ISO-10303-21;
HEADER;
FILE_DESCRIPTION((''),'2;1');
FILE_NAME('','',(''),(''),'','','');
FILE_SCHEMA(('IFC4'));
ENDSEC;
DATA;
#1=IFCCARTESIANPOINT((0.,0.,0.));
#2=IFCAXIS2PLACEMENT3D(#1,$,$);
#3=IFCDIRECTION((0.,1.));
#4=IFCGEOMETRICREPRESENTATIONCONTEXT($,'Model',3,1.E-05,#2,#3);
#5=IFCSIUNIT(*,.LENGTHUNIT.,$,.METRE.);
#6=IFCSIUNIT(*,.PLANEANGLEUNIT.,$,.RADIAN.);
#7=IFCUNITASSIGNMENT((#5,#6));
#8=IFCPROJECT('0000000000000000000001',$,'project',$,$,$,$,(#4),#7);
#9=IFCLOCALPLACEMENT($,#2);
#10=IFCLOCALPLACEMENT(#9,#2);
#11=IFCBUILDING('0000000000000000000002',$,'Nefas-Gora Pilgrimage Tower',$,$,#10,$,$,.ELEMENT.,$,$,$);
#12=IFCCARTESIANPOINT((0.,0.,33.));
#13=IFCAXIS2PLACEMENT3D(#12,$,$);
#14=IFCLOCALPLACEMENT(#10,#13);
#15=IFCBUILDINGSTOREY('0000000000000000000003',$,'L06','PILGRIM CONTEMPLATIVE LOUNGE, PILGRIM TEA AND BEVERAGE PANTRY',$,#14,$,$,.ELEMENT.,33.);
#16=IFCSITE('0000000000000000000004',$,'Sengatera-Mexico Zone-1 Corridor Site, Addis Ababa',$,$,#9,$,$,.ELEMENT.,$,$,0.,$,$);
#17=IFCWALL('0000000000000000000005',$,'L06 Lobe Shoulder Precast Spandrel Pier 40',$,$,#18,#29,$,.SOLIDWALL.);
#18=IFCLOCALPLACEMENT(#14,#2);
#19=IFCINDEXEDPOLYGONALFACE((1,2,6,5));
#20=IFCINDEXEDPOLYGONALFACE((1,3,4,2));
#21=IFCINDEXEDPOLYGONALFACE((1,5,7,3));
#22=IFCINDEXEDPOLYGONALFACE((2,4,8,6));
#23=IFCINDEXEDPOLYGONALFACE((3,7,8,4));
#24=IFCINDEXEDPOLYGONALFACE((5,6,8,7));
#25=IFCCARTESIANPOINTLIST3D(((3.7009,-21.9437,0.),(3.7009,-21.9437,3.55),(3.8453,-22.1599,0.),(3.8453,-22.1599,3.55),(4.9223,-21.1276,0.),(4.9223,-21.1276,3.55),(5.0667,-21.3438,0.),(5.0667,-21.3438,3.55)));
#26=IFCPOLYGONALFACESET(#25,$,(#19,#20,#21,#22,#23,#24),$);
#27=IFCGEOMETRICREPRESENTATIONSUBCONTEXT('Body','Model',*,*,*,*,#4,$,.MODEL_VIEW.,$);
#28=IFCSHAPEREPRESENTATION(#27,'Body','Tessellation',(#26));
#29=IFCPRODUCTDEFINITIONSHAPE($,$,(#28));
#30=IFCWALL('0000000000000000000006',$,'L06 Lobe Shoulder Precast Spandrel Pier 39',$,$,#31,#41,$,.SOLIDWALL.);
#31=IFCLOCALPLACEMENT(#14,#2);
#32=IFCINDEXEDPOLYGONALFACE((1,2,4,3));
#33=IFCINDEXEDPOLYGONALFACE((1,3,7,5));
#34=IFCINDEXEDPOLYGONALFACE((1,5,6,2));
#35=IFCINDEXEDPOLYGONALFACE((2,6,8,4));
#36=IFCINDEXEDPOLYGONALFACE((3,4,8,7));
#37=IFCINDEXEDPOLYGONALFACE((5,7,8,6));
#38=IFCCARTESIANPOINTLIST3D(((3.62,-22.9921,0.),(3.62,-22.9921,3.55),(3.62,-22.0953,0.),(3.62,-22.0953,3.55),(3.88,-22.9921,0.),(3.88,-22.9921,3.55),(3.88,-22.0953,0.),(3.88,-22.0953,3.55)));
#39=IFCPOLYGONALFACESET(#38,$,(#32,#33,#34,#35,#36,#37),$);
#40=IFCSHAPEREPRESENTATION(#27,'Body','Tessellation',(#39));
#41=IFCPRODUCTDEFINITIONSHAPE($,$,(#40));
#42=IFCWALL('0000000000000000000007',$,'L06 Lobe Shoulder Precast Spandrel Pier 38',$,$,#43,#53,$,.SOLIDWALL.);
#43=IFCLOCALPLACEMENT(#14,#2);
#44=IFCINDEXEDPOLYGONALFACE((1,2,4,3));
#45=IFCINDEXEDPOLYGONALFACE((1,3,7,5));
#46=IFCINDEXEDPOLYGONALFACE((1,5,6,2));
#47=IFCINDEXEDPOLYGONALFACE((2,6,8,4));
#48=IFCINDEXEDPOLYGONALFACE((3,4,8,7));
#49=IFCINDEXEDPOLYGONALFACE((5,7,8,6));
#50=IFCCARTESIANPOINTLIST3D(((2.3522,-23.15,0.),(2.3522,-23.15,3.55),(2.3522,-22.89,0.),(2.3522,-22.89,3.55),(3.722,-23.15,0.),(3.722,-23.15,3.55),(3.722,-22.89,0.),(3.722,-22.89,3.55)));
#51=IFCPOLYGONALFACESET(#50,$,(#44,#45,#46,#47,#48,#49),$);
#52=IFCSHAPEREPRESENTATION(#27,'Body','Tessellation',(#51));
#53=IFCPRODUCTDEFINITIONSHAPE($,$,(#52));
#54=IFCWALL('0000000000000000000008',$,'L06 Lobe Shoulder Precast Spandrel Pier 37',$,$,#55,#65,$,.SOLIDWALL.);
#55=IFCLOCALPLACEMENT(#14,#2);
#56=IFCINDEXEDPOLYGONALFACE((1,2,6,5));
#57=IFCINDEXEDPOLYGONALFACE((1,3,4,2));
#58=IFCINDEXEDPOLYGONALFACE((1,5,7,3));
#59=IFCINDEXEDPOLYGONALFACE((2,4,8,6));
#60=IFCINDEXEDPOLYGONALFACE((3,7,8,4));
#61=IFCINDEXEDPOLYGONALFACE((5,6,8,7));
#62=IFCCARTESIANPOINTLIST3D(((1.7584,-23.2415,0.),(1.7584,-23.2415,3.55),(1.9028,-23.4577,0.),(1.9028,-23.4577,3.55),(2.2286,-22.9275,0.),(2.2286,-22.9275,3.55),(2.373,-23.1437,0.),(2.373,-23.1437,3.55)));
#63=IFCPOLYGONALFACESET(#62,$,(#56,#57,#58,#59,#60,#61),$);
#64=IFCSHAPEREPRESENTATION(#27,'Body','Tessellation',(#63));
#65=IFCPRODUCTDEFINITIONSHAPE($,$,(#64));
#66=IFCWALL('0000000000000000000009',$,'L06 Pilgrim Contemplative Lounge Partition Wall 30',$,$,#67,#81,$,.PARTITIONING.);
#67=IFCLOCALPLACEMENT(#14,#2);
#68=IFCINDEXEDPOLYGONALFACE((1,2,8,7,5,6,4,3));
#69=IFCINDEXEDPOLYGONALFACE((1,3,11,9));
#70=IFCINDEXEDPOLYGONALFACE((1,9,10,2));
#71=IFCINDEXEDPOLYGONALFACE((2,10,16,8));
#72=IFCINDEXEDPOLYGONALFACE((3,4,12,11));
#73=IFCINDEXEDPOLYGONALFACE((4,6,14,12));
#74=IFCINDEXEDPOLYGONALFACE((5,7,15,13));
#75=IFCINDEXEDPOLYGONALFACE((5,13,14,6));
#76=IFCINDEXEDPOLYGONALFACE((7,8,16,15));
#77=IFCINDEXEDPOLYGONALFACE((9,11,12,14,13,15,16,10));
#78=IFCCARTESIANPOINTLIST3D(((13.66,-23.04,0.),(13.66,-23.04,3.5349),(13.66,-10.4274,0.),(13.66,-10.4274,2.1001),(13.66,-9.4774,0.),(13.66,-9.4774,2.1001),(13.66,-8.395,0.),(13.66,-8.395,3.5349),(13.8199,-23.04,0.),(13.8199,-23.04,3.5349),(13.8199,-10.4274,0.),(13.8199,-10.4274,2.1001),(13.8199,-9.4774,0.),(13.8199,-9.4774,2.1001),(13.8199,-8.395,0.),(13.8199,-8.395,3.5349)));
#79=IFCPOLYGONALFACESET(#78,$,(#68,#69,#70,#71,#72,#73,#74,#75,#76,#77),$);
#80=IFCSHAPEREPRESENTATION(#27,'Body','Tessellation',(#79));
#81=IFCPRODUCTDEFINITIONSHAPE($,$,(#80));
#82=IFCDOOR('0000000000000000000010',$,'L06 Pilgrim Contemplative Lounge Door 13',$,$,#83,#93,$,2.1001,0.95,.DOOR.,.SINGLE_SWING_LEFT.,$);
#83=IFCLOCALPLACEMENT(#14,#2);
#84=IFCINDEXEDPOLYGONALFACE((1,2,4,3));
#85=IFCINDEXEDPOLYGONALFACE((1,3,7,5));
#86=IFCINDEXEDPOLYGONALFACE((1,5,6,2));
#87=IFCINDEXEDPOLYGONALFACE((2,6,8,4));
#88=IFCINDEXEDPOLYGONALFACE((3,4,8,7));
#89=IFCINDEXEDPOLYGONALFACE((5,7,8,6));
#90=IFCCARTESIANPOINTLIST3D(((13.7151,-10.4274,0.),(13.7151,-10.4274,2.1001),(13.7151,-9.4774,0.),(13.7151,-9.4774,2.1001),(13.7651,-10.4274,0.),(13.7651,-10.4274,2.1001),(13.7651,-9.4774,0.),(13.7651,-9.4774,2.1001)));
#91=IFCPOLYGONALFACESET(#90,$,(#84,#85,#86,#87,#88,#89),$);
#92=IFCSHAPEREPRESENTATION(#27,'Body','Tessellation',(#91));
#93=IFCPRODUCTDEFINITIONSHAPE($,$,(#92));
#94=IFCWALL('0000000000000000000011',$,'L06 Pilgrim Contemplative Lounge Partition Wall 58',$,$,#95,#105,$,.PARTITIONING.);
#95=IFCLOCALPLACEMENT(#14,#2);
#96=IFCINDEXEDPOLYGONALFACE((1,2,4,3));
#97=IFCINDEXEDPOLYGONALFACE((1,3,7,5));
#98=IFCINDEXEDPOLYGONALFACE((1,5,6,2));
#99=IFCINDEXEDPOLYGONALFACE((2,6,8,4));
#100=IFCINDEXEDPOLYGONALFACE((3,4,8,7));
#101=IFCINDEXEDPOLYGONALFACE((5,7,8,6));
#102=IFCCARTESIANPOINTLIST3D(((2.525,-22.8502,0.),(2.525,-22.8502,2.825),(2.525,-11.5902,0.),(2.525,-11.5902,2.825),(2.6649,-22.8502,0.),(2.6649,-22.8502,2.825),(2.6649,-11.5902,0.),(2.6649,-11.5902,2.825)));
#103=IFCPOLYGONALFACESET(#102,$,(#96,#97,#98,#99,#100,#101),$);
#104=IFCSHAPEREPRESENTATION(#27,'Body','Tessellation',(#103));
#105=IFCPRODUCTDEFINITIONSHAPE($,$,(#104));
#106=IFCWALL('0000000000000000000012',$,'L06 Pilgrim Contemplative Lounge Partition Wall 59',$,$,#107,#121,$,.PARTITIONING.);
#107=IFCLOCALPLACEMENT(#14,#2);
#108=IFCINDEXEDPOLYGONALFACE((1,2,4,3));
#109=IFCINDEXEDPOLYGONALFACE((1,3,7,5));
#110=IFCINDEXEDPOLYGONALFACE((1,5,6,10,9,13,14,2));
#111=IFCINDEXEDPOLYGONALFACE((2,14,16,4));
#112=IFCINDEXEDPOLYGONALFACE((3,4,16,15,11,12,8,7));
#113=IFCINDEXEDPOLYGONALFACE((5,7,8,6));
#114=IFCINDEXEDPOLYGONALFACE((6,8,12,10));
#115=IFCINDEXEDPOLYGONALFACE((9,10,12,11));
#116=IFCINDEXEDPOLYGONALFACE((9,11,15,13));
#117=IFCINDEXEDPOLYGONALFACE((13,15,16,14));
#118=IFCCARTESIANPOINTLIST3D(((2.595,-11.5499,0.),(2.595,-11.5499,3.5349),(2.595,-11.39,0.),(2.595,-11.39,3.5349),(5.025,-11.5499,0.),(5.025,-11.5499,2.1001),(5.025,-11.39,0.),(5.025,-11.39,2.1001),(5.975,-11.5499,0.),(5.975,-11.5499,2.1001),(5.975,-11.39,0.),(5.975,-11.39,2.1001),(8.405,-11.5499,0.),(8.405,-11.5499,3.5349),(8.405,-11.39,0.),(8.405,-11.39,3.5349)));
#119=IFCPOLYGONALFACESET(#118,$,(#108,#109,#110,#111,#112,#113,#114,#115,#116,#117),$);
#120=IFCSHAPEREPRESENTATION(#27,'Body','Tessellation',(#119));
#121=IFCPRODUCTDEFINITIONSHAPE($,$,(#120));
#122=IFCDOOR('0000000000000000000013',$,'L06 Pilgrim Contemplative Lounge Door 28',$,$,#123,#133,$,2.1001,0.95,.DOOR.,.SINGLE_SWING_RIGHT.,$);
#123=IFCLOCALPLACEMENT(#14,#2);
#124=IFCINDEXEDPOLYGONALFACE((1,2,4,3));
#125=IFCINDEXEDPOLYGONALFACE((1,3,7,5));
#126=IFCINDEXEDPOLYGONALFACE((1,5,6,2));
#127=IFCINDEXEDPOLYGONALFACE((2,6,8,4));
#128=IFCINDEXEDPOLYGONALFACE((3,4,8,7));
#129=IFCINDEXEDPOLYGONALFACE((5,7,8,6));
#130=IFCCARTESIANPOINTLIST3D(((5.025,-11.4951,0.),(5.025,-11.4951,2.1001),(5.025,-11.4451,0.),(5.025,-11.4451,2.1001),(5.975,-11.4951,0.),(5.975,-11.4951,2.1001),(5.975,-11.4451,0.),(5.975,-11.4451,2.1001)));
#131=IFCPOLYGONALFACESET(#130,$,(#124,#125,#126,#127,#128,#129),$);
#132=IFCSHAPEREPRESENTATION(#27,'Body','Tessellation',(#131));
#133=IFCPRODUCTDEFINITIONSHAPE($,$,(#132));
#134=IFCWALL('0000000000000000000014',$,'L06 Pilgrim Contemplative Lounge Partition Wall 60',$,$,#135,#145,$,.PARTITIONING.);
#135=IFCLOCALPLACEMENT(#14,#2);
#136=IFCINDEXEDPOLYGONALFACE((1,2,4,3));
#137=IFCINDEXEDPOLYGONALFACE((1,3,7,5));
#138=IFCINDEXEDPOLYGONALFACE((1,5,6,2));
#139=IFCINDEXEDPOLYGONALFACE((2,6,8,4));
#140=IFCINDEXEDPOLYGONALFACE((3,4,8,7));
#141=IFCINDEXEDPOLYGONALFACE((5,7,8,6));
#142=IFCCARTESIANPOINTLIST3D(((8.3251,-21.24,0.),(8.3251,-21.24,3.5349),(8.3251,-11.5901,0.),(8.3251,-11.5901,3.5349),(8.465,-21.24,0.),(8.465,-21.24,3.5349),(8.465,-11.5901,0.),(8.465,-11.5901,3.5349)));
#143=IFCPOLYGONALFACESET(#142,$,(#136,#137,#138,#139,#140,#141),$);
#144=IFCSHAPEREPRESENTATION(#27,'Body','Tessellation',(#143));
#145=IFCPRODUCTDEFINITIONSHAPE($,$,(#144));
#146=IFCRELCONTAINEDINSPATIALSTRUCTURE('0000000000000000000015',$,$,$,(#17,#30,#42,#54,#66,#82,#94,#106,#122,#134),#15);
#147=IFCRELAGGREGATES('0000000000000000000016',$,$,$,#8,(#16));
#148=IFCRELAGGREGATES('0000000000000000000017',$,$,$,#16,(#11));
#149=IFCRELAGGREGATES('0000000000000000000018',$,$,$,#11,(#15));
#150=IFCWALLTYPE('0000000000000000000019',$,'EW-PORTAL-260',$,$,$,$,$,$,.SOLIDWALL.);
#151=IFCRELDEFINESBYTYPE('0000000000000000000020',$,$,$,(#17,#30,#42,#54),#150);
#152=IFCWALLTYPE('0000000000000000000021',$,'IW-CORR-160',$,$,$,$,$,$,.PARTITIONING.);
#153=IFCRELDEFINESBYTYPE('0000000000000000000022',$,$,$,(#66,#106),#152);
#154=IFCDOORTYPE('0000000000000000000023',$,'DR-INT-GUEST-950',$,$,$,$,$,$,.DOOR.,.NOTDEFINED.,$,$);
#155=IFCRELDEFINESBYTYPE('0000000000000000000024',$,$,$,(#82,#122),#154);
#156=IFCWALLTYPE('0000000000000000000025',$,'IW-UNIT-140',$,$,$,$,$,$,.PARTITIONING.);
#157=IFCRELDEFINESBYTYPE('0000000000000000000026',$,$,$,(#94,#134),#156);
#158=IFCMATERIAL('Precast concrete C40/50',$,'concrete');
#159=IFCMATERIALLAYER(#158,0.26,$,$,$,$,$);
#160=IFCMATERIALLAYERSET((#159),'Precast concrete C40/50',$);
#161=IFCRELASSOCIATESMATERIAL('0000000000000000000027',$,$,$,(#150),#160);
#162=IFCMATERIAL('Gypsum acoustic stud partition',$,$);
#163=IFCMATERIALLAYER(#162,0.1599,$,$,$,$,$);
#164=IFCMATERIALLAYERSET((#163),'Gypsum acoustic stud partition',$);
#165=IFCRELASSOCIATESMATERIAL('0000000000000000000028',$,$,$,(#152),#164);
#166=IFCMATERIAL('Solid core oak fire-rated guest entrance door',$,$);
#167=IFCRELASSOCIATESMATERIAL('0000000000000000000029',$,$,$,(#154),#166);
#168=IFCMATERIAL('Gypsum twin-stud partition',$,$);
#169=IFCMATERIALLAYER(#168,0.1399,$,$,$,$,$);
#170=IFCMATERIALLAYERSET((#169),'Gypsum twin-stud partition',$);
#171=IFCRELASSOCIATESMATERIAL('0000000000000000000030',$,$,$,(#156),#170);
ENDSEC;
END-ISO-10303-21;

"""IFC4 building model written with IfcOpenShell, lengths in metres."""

from ifc_helpers import new_model, si_unit, direction, frame, frame_2d, origin, place, context, subcontext, project, spatial, rectangle, extrude, source, transform, mapped, material, layer, layer_set, type_object, element, fill, save


model = new_model("IFC4")

# Units and contexts
model_context = context("Model", 3, precision=1e-05, world=origin(), true_north=direction((0.0, 1.0)))
body_context = subcontext(model_context, "Body", "Model", "MODEL_VIEW")
ifc_project = project(units=[si_unit("LENGTHUNIT", "METRE"), si_unit("PLANEANGLEUNIT", "RADIAN")], contexts=[model_context])

# Site, building, storey
site_placement = place(None, origin())
site = spatial("IfcSite", under=ifc_project, at=site_placement, Name="Sengatera-Mexico Zone-1 Corridor Site, Addis Ababa", CompositionType="ELEMENT", RefElevation=0.0)
building_placement = place(site_placement, origin())
building = spatial("IfcBuilding", under=site, at=building_placement, Name="Nefas-Gora Pilgrimage Tower", CompositionType="ELEMENT")
storey_placement = place(building_placement, frame((0.0, 0.0, 33.0)))
storey = spatial("IfcBuildingStorey", under=building, at=storey_placement, Name="L06", Description="PILGRIM CONTEMPLATIVE LOUNGE, PILGRIM TEA AND BEVERAGE PANTRY", CompositionType="ELEMENT", Elevation=33.0)

# Walls
ifc_material_1 = material(Name="Precast concrete C40/50", Category="concrete")
ifc_layer_1 = layer(ifc_material_1, 0.26)
ifc_layer_set_1 = layer_set([ifc_layer_1], Name="Precast concrete C40/50")
wall_type_1 = type_object("IfcWallType", Name="EW-PORTAL-260", PredefinedType="SOLIDWALL", material=ifc_layer_set_1)
shared_shape_1 = source(origin(), body_context, "Body", "SweptSolid", [
    extrude(rectangle(XDim=1.469, YDim=0.26, at=frame_2d((0.7344, 0.0))), origin(), (0.0, 0.0, 1.0), 3.55),
])
wall_1_placement = place(storey_placement, frame((3.7732, -22.0518, 0.0), z_axis=(0.0, 0.0, 1.0), x_axis=(0.831462, 0.555582, 0.0)))
element("IfcWall", 1, at=wall_1_placement, inside=storey, type_object=wall_type_1, Name="L06 Lobe Shoulder Precast Spandrel Pier 40", PredefinedType="SOLIDWALL", context=body_context, shape_type="MappedRepresentation", body=[
    mapped(shared_shape_1, transform((0.0, 0.0, 0.0), x_axis=(1.0, 0.0, 0.0), y_axis=(0.0, 1.0, 0.0), z_axis=(0.0, 0.0, 1.0), scale=1.0)),
])
shared_shape_2 = source(origin(), body_context, "Body", "SweptSolid", [
    extrude(rectangle(XDim=0.8967, YDim=0.26, at=frame_2d((0.4482, 0.0))), origin(), (0.0, 0.0, 1.0), 3.55),
])
wall_2_placement = place(storey_placement, frame((3.75, -22.9919, 0.0), z_axis=(0.0, 0.0, 1.0), x_axis=(0.0, 1.0, 0.0)))
element("IfcWall", 2, at=wall_2_placement, inside=storey, type_object=wall_type_1, Name="L06 Lobe Shoulder Precast Spandrel Pier 39", PredefinedType="SOLIDWALL", context=body_context, shape_type="MappedRepresentation", body=[
    mapped(shared_shape_2, transform((0.0, 0.0, 0.0), x_axis=(1.0, 0.0, 0.0), y_axis=(0.0, 1.0, 0.0), z_axis=(0.0, 0.0, 1.0), scale=1.0)),
])
shared_shape_3 = source(origin(), body_context, "Body", "SweptSolid", [
    extrude(rectangle(XDim=1.3699, YDim=0.26, at=frame_2d((0.6851, 0.0))), origin(), (0.0, 0.0, 1.0), 3.55),
])
wall_3_placement = place(storey_placement, frame((2.3521, -23.02, 0.0), z_axis=(0.0, 0.0, 1.0), x_axis=(1.0, 0.0, 0.0)))
element("IfcWall", 3, at=wall_3_placement, inside=storey, type_object=wall_type_1, Name="L06 Lobe Shoulder Precast Spandrel Pier 38", PredefinedType="SOLIDWALL", context=body_context, shape_type="MappedRepresentation", body=[
    mapped(shared_shape_3, transform((0.0, 0.0, 0.0), x_axis=(1.0, 0.0, 0.0), y_axis=(0.0, 1.0, 0.0), z_axis=(0.0, 0.0, 1.0), scale=1.0)),
])
shared_shape_4 = source(origin(), body_context, "Body", "SweptSolid", [
    extrude(rectangle(XDim=0.5654, YDim=0.26, at=frame_2d((0.2827, 0.0))), origin(), (0.0, 0.0, 1.0), 3.55),
])
wall_4_placement = place(storey_placement, frame((1.8306, -23.3496, 0.0), z_axis=(0.0, 0.0, 1.0), x_axis=(0.831651, 0.555298, 0.0)))
element("IfcWall", 4, at=wall_4_placement, inside=storey, type_object=wall_type_1, Name="L06 Lobe Shoulder Precast Spandrel Pier 37", PredefinedType="SOLIDWALL", context=body_context, shape_type="MappedRepresentation", body=[
    mapped(shared_shape_4, transform((0.0, 0.0, 0.0), x_axis=(1.0, 0.0, 0.0), y_axis=(0.0, 1.0, 0.0), z_axis=(0.0, 0.0, 1.0), scale=1.0)),
])

# Wall, opening, door
ifc_material_2 = material(Name="Gypsum acoustic stud partition")
ifc_layer_2 = layer(ifc_material_2, 0.1599)
ifc_layer_set_2 = layer_set([ifc_layer_2], Name="Gypsum acoustic stud partition")
wall_type_2 = type_object("IfcWallType", Name="IW-CORR-160", PredefinedType="PARTITIONING", material=ifc_layer_set_2)
shared_shape_5 = source(origin(), body_context, "Body", "SweptSolid", [
    extrude(rectangle(XDim=14.645, YDim=0.1599, at=frame_2d((7.3225, 0.0))), origin(), (0.0, 0.0, 1.0), 3.5349),
])
wall_5_placement = place(storey_placement, frame((13.74, -23.04, 0.0), z_axis=(0.0, 0.0, 1.0), x_axis=(0.0, 1.0, 0.0)))
wall_5 = element("IfcWall", 5, at=wall_5_placement, inside=storey, type_object=wall_type_2, Name="L06 Pilgrim Contemplative Lounge Partition Wall 30", PredefinedType="PARTITIONING", context=body_context, shape_type="MappedRepresentation", body=[
    mapped(shared_shape_5, transform((0.0, 0.0, 0.0), x_axis=(1.0, 0.0, 0.0), y_axis=(0.0, 1.0, 0.0), z_axis=(0.0, 0.0, 1.0), scale=1.0)),
])
opening_1_placement = place(wall_5_placement, frame((12.6125, 0.0, 0.0)))
opening_1 = element("IfcOpeningElement", 6, at=opening_1_placement, cuts=wall_5, PredefinedType="OPENING", context=body_context, shape_type="SweptSolid", body=[
    extrude(rectangle(XDim=0.95, YDim=2.1001, at=frame_2d((0.4751, 1.05))), frame((0.0, 0.0898, 0.0), z_axis=(0.0, -1.0, 0.0), x_axis=(1.0, 0.0, 0.0)), (0.0, 0.0, 1.0), 0.1799),
])
ifc_material_3 = material(Name="Solid core oak fire-rated guest entrance door")
door_type = type_object("IfcDoorType", Name="DR-INT-GUEST-950", OperationType="NOTDEFINED", PredefinedType="DOOR", material=ifc_material_3)
shared_shape_6 = source(origin(), body_context, "Body", "SweptSolid", [
    extrude(rectangle(XDim=0.95, YDim=2.1001, at=frame_2d((0.4751, 1.05))), frame((0.0, 0.0249, 0.0), z_axis=(0.0, -1.0, 0.0), x_axis=(1.0, 0.0, 0.0)), (0.0, 0.0, 1.0), 0.05),
])
door_1_placement = place(opening_1_placement, origin())
door_1 = element("IfcDoor", 7, at=door_1_placement, inside=storey, type_object=door_type, Name="L06 Pilgrim Contemplative Lounge Door 13", OperationType="SINGLE_SWING_LEFT", OverallHeight=2.1001, OverallWidth=0.95, PredefinedType="DOOR", context=body_context, shape_type="MappedRepresentation", body=[
    mapped(shared_shape_6, transform((0.0, 0.0, 0.0), x_axis=(1.0, 0.0, 0.0), y_axis=(0.0, 1.0, 0.0), z_axis=(0.0, 0.0, 1.0), scale=1.0)),
])
fill(opening_1, door_1)

# Wall
ifc_material_4 = material(Name="Gypsum twin-stud partition")
ifc_layer_3 = layer(ifc_material_4, 0.1399)
ifc_layer_set_3 = layer_set([ifc_layer_3], Name="Gypsum twin-stud partition")
wall_type_3 = type_object("IfcWallType", Name="IW-UNIT-140", PredefinedType="PARTITIONING", material=ifc_layer_set_3)
shared_shape_7 = source(origin(), body_context, "Body", "SweptSolid", [
    extrude(rectangle(XDim=11.26, YDim=0.1399, at=frame_2d((5.6299, 0.0))), origin(), (0.0, 0.0, 1.0), 2.825),
])
wall_6_placement = place(storey_placement, frame((2.595, -22.8501, 0.0), z_axis=(0.0, 0.0, 1.0), x_axis=(0.0, 1.0, 0.0)))
element("IfcWall", 8, at=wall_6_placement, inside=storey, type_object=wall_type_3, Name="L06 Pilgrim Contemplative Lounge Partition Wall 58", PredefinedType="PARTITIONING", context=body_context, shape_type="MappedRepresentation", body=[
    mapped(shared_shape_7, transform((0.0, 0.0, 0.0), x_axis=(1.0, 0.0, 0.0), y_axis=(0.0, 1.0, 0.0), z_axis=(0.0, 0.0, 1.0), scale=1.0)),
])

# Wall, opening, door
shared_shape_8 = source(origin(), body_context, "Body", "SweptSolid", [
    extrude(rectangle(XDim=5.8101, YDim=0.1599, at=frame_2d((2.905, 0.0))), origin(), (0.0, 0.0, 1.0), 3.5349),
])
wall_7_placement = place(storey_placement, frame((2.595, -11.47, 0.0), z_axis=(0.0, 0.0, 1.0), x_axis=(1.0, 0.0, 0.0)))
wall_7 = element("IfcWall", 9, at=wall_7_placement, inside=storey, type_object=wall_type_2, Name="L06 Pilgrim Contemplative Lounge Partition Wall 59", PredefinedType="PARTITIONING", context=body_context, shape_type="MappedRepresentation", body=[
    mapped(shared_shape_8, transform((0.0, 0.0, 0.0), x_axis=(1.0, 0.0, 0.0), y_axis=(0.0, 1.0, 0.0), z_axis=(0.0, 0.0, 1.0), scale=1.0)),
])
opening_2_placement = place(wall_7_placement, frame((2.4299, 0.0, 0.0)))
opening_2 = element("IfcOpeningElement", 10, at=opening_2_placement, cuts=wall_7, PredefinedType="OPENING", context=body_context, shape_type="SweptSolid", body=[
    extrude(rectangle(XDim=0.95, YDim=2.1001, at=frame_2d((0.4751, 1.05))), frame((0.0, 0.0898, 0.0), z_axis=(0.0, -1.0, 0.0), x_axis=(1.0, 0.0, 0.0)), (0.0, 0.0, 1.0), 0.1799),
])
door_2_placement = place(opening_2_placement, origin())
door_2 = element("IfcDoor", 11, at=door_2_placement, inside=storey, type_object=door_type, Name="L06 Pilgrim Contemplative Lounge Door 28", OperationType="SINGLE_SWING_RIGHT", OverallHeight=2.1001, OverallWidth=0.95, PredefinedType="DOOR", context=body_context, shape_type="MappedRepresentation", body=[
    mapped(shared_shape_6, transform((0.0, 0.0, 0.0), x_axis=(1.0, 0.0, 0.0), y_axis=(0.0, 1.0, 0.0), z_axis=(0.0, 0.0, 1.0), scale=1.0)),
])
fill(opening_2, door_2)

# Wall
shared_shape_9 = source(origin(), body_context, "Body", "SweptSolid", [
    extrude(rectangle(XDim=9.6499, YDim=0.1399, at=frame_2d((4.825, 0.0))), origin(), (0.0, 0.0, 1.0), 3.5349),
])
wall_8_placement = place(storey_placement, frame((8.395, -21.24, 0.0), z_axis=(0.0, 0.0, 1.0), x_axis=(0.0, 1.0, 0.0)))
element("IfcWall", 12, at=wall_8_placement, inside=storey, type_object=wall_type_3, Name="L06 Pilgrim Contemplative Lounge Partition Wall 60", PredefinedType="PARTITIONING", context=body_context, shape_type="MappedRepresentation", body=[
    mapped(shared_shape_9, transform((0.0, 0.0, 0.0), x_axis=(1.0, 0.0, 0.0), y_axis=(0.0, 1.0, 0.0), z_axis=(0.0, 0.0, 1.0), scale=1.0)),
])

save(model, "model.ifc")
